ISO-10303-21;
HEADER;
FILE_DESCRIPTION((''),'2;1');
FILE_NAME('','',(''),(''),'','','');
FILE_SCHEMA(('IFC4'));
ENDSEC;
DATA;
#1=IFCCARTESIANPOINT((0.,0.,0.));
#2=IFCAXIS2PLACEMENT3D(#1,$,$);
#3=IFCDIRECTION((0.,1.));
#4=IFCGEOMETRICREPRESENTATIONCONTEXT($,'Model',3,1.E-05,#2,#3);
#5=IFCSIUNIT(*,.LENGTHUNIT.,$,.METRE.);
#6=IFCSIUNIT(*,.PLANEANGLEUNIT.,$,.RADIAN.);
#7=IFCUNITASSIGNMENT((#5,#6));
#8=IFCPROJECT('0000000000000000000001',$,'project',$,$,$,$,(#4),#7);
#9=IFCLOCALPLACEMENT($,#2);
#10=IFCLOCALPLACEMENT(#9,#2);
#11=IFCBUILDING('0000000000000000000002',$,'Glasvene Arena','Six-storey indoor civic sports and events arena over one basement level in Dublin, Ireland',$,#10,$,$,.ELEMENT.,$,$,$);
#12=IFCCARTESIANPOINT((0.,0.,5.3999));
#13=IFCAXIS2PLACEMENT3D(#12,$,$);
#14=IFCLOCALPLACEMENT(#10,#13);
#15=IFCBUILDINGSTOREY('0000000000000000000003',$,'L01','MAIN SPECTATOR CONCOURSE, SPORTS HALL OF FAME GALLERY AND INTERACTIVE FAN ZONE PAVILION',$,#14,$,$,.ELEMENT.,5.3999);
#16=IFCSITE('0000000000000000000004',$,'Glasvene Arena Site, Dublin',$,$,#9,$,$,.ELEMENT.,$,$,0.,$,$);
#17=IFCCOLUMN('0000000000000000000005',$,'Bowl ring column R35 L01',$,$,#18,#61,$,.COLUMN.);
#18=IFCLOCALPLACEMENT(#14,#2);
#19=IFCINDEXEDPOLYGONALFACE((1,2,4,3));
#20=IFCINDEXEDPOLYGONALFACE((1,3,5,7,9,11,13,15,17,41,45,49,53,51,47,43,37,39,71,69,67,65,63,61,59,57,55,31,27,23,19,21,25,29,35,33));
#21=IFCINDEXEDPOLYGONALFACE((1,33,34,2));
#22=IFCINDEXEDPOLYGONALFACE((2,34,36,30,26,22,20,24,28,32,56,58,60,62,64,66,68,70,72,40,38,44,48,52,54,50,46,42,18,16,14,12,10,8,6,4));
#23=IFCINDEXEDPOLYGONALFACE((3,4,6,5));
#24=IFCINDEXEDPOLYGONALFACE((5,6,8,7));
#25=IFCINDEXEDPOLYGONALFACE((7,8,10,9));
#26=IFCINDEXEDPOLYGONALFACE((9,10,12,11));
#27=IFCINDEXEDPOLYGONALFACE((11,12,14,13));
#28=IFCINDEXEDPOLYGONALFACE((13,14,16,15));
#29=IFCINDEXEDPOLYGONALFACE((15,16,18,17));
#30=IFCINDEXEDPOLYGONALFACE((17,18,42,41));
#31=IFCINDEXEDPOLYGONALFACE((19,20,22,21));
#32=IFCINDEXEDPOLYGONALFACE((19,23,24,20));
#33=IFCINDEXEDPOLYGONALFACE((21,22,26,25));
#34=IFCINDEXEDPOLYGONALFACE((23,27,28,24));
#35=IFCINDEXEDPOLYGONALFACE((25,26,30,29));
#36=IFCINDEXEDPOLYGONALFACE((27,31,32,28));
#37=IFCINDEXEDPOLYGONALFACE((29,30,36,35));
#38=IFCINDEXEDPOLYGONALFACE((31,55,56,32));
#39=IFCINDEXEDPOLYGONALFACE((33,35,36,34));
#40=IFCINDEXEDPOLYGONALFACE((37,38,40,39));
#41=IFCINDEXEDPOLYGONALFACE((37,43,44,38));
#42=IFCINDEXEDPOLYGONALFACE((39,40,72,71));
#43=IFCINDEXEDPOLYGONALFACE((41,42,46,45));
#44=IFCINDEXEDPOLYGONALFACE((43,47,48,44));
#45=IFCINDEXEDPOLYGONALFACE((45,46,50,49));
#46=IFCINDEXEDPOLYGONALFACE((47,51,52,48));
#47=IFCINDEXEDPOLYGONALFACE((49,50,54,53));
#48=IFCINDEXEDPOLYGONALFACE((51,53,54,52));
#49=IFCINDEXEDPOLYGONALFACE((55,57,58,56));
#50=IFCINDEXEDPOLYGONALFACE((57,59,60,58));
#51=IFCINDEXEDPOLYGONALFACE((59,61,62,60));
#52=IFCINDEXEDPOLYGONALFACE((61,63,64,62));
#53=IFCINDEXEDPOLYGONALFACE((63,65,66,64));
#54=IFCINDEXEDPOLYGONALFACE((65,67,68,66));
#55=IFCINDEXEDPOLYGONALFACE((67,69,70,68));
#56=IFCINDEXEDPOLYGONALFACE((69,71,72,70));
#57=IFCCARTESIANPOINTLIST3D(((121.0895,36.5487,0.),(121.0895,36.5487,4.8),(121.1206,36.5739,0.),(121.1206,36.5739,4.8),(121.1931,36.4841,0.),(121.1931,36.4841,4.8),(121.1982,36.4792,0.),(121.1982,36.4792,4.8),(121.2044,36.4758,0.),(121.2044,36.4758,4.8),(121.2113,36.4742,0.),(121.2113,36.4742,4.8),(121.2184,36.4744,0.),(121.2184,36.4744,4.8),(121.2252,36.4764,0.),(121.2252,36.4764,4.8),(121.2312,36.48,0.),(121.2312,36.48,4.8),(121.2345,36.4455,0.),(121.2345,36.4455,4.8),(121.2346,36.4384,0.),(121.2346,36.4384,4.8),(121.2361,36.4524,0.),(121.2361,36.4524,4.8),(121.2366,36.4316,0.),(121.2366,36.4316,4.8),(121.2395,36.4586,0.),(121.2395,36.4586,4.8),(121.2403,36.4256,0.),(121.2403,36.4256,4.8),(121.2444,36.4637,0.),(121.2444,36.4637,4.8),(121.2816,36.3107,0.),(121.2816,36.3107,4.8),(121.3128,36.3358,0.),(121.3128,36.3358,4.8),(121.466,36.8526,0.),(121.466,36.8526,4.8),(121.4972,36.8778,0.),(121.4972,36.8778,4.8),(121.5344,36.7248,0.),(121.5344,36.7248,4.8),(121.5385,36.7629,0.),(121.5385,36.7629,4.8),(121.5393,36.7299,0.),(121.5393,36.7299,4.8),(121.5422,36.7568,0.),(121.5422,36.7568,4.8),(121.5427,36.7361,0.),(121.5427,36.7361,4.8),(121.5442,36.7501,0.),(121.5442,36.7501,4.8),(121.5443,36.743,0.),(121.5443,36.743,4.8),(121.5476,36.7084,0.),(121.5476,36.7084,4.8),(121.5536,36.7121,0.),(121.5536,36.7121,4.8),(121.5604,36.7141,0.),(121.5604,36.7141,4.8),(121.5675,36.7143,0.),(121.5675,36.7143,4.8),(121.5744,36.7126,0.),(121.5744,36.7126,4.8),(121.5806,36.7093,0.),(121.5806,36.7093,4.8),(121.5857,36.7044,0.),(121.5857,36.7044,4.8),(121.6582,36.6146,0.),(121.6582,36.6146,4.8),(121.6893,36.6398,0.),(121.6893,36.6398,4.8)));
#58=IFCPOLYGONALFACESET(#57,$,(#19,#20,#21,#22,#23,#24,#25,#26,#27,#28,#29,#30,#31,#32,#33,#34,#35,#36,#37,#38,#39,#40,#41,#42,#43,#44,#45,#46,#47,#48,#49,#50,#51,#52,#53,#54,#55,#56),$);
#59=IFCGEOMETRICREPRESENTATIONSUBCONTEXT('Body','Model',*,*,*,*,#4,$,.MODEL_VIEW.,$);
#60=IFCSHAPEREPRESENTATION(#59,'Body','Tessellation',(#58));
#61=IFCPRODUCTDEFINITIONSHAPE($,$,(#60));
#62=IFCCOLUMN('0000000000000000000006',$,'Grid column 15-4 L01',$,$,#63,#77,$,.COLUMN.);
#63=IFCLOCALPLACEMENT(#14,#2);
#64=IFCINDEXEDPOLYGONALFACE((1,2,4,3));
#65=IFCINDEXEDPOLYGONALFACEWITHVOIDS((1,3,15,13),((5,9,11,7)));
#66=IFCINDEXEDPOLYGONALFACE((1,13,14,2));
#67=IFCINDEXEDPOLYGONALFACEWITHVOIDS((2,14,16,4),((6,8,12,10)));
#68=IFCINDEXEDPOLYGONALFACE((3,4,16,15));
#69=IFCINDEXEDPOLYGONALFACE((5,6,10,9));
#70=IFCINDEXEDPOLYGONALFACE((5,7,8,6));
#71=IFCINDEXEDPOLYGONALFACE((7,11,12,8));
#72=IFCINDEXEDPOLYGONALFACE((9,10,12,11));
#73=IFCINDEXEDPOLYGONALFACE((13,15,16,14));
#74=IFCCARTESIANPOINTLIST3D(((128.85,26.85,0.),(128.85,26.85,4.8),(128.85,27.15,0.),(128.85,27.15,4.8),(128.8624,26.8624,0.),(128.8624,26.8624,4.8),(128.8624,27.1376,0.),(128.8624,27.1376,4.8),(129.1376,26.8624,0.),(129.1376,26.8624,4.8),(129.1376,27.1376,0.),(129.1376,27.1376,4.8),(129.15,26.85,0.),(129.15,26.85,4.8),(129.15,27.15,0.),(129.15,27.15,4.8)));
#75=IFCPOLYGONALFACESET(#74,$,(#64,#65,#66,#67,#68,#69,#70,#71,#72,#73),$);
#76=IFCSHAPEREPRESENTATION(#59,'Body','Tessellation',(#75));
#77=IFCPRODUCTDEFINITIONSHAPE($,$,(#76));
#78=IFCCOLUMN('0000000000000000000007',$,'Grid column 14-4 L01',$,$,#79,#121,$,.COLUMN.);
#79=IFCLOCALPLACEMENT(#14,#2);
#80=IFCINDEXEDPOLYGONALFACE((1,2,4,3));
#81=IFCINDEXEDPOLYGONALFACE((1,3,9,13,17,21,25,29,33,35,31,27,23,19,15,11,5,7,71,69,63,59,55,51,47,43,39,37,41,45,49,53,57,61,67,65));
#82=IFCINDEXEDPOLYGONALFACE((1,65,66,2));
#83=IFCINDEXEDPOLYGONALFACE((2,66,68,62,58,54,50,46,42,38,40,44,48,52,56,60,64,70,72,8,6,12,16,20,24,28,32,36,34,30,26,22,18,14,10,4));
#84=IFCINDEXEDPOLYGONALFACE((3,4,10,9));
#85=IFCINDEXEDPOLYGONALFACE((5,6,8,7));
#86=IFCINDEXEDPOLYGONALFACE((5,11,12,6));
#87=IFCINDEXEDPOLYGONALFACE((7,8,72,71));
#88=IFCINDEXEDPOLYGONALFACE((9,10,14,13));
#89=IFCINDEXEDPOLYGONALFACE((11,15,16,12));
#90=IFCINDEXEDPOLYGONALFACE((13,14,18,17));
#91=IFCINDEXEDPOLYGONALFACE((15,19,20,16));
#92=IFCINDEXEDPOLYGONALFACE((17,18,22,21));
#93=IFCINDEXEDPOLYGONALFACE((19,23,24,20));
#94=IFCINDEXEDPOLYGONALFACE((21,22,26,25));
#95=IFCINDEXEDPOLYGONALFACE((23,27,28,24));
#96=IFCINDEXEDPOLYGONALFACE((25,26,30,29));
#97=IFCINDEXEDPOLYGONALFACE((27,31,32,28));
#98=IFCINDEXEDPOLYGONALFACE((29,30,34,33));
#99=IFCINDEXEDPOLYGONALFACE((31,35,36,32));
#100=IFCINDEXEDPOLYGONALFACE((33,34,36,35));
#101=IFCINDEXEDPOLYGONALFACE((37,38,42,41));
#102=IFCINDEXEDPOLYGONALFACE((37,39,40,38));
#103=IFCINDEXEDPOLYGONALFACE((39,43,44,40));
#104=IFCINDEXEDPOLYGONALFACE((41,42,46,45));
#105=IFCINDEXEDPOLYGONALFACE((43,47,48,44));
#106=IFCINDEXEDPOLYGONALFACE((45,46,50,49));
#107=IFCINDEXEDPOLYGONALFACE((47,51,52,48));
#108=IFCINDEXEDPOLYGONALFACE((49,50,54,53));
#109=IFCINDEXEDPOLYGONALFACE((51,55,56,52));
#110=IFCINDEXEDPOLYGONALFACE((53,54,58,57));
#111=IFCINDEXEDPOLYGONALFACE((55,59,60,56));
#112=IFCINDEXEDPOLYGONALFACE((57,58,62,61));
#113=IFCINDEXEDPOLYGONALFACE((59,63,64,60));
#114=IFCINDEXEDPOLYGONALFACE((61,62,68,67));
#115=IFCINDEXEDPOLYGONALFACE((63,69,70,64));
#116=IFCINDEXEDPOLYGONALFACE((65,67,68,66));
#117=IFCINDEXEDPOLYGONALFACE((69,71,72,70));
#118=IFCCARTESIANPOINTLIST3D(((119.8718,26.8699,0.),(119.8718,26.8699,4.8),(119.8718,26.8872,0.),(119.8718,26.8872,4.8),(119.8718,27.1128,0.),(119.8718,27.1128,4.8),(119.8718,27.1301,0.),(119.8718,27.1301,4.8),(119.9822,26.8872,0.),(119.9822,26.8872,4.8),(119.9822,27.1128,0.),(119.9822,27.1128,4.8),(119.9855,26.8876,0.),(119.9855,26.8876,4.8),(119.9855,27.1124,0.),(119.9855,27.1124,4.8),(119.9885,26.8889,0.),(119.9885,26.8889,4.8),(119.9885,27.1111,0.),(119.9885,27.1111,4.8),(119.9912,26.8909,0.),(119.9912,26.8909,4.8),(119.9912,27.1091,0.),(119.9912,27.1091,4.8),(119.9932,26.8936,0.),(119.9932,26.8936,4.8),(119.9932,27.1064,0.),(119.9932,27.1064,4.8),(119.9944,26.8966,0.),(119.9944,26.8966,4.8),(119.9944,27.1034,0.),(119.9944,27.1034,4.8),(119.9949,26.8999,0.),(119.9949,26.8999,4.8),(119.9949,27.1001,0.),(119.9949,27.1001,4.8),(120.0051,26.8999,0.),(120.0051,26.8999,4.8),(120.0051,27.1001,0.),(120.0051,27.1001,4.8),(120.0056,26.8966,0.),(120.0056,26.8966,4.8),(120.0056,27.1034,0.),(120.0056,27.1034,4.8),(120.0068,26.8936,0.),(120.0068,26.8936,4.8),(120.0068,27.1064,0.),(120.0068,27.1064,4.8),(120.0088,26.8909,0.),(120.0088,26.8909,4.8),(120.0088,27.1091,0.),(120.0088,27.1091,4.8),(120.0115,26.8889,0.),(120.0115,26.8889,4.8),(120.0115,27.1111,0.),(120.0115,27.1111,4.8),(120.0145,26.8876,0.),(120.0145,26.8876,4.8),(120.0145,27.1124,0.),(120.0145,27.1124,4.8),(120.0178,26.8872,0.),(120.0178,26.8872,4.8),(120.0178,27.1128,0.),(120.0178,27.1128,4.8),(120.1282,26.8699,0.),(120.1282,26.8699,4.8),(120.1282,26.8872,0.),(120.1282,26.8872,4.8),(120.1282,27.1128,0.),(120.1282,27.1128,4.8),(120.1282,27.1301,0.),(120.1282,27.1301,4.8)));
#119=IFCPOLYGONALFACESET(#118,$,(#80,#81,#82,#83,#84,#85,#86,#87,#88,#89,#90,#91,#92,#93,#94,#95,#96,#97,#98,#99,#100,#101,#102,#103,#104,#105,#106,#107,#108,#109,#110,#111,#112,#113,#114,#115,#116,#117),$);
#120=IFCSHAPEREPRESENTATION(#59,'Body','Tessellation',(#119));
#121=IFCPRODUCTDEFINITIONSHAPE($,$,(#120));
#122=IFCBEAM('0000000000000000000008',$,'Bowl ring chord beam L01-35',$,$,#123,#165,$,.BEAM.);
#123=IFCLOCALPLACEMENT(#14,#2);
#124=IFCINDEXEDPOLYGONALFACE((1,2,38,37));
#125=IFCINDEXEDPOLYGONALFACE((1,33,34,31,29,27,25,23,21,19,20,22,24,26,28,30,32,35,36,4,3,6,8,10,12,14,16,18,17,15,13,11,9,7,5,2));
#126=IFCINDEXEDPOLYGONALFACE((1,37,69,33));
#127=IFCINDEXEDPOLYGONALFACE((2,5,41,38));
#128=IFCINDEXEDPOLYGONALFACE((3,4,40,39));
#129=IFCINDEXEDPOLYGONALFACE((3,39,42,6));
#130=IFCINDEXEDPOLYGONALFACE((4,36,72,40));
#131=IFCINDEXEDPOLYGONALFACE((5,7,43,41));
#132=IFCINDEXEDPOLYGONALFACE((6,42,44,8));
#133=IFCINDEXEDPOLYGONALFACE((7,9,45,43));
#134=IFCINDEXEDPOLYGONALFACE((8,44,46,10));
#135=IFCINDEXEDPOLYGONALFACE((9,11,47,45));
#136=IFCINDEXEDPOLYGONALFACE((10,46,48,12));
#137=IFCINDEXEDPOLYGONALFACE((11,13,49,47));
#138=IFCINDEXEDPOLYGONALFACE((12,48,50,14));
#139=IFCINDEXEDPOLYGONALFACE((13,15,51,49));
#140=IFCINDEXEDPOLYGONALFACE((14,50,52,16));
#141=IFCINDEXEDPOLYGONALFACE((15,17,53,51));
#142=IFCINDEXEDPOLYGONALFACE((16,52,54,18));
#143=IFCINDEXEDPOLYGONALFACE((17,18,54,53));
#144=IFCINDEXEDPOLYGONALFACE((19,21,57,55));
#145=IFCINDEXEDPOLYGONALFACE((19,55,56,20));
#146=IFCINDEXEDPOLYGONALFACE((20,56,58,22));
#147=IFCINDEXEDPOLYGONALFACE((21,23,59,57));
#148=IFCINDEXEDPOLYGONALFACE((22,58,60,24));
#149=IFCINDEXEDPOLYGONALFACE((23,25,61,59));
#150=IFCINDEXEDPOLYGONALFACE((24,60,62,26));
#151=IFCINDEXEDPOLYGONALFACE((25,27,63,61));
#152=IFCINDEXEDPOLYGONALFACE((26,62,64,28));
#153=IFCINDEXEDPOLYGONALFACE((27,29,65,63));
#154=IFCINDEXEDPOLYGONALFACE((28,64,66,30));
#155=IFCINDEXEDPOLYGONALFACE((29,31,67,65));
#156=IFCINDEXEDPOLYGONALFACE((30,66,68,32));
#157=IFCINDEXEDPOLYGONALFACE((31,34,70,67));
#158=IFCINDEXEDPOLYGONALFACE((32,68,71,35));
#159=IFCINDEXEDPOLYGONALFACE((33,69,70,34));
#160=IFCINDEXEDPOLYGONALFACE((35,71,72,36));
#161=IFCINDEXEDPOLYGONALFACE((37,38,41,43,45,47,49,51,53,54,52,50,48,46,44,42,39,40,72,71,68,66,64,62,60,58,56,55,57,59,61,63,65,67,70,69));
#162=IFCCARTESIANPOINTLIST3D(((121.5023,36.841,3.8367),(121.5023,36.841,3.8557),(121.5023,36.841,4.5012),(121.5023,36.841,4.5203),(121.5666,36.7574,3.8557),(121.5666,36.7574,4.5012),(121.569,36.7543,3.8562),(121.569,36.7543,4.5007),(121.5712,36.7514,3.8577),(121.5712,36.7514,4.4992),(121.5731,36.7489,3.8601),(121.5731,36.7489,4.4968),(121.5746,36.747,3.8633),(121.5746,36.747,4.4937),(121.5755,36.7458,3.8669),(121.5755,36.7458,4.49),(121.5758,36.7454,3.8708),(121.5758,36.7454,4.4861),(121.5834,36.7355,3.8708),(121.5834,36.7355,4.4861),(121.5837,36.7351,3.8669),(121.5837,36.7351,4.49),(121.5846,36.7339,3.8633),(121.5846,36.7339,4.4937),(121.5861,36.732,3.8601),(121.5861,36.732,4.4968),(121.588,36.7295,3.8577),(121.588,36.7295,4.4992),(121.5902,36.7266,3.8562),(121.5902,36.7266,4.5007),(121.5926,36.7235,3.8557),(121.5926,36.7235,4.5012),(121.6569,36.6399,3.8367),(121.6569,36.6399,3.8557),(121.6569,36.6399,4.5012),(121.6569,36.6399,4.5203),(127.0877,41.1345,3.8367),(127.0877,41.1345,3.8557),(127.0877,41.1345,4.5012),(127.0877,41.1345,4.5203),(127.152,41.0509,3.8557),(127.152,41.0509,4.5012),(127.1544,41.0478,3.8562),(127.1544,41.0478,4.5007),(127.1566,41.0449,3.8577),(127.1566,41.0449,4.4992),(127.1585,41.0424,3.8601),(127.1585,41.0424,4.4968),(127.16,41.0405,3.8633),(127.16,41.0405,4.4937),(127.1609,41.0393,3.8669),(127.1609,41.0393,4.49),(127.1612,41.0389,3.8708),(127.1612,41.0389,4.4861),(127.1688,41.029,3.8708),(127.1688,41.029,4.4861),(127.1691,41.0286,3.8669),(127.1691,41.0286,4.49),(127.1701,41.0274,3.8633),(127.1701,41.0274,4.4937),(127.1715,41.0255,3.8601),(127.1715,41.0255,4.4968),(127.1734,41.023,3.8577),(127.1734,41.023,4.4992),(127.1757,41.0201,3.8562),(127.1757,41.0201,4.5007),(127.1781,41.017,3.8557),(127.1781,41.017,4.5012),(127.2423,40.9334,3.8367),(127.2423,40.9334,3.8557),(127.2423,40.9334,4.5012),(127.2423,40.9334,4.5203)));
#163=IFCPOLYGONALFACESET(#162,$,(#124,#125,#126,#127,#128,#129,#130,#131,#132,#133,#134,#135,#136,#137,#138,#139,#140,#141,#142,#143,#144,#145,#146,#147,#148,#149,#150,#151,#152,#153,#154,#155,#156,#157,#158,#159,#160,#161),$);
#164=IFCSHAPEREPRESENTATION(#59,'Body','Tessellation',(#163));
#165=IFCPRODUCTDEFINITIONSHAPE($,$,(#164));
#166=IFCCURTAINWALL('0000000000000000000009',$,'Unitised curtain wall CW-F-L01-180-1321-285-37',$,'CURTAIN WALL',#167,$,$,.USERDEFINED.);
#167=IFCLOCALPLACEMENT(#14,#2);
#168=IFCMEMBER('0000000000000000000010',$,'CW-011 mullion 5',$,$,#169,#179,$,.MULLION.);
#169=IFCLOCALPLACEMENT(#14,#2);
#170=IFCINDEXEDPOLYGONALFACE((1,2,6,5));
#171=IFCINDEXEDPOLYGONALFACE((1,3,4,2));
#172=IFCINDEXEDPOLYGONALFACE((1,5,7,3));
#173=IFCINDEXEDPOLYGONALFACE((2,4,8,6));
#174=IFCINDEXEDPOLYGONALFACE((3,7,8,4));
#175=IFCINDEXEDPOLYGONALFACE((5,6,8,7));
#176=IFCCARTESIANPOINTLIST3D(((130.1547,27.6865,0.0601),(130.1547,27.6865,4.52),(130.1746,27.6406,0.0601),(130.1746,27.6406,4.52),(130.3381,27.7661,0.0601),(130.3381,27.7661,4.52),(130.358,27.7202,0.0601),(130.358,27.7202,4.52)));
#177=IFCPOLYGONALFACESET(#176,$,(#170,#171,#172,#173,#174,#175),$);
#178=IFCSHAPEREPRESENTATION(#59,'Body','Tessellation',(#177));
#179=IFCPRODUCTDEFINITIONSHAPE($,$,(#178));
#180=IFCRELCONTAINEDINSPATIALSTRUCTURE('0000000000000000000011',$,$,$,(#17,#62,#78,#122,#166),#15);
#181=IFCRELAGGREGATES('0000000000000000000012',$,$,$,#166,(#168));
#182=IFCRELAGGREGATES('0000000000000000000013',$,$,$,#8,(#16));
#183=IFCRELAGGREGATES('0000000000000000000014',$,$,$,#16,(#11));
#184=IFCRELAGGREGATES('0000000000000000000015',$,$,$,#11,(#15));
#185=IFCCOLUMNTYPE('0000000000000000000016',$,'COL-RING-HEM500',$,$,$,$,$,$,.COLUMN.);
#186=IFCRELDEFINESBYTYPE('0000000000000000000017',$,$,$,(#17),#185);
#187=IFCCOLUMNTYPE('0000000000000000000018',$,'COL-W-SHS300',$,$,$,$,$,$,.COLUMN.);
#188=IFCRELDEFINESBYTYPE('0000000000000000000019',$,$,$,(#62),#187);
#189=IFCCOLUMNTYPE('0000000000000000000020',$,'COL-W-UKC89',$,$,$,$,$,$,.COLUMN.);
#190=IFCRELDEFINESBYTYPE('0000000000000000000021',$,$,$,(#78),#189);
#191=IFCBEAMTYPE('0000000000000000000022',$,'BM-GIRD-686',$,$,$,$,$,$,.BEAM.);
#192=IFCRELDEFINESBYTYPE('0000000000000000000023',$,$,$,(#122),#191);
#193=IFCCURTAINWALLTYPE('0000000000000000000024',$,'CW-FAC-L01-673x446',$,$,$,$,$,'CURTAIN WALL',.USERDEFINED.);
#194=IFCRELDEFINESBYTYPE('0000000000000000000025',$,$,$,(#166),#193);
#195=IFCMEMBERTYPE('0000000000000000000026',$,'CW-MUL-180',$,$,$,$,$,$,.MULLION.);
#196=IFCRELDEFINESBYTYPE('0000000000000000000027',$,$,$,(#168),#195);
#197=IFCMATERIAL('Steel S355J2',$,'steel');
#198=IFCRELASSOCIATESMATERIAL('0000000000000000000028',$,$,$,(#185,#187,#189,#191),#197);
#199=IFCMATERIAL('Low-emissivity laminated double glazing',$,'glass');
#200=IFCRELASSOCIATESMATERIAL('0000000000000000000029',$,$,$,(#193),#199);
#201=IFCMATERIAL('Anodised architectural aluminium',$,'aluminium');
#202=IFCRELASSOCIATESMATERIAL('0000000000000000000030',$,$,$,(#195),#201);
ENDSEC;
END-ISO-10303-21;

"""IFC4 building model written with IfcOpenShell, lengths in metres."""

from ifc_helpers import new_model, si_unit, direction, frame, origin, origin_2d, place, context, subcontext, project, spatial, rectangle, hollow_rectangle, i_section, extrude, material, material_profile, profile_set, type_object, element, aggregate, save


model = new_model("IFC4")

# Units and contexts
model_context = context("Model", 3, precision=1e-05, world=origin(), true_north=direction((0.0, 1.0)))
body_context = subcontext(model_context, "Body", "Model", "MODEL_VIEW")
ifc_project = project(units=[si_unit("LENGTHUNIT", "METRE"), si_unit("PLANEANGLEUNIT", "RADIAN")], contexts=[model_context])

# Site, building, storey
site_placement = place(None, origin())
site = spatial("IfcSite", under=ifc_project, at=site_placement, Name="Glasvene Arena Site, Dublin", CompositionType="ELEMENT", RefElevation=0.0)
building_placement = place(site_placement, origin())
building = spatial("IfcBuilding", under=site, at=building_placement, Name="Glasvene Arena", Description="Six-storey indoor civic sports and events arena over one basement level in Dublin, Ireland", CompositionType="ELEMENT")
storey_placement = place(building_placement, frame((0.0, 0.0, 5.3999)))
storey = spatial("IfcBuildingStorey", under=building, at=storey_placement, Name="L01", Description="MAIN SPECTATOR CONCOURSE, SPORTS HALL OF FAME GALLERY AND INTERACTIVE FAN ZONE PAVILION", CompositionType="ELEMENT", Elevation=5.3999)

# Columns
ifc_material_1 = material(Name="Steel S355J2", Category="steel")
ifc_material_profile_1 = material_profile(ifc_material_1, i_section(OverallWidth=0.3059, OverallDepth=0.5239, WebThickness=0.021, FlangeThickness=0.04, FilletRadius=0.0271, at=origin_2d()), Name="HEM 500")
ifc_profile_set_1 = profile_set([ifc_material_profile_1], Name="Steel S355J2")
column_type_1 = type_object("IfcColumnType", Name="COL-RING-HEM500", PredefinedType="COLUMN", material=ifc_profile_set_1)
column_1_placement = place(storey_placement, frame((121.3894, 36.5942, 0.0), z_axis=(0.0, 0.0, 1.0), x_axis=(0.628099, -0.778134, 0.0)))
element("IfcColumn", 1, at=column_1_placement, inside=storey, type_object=column_type_1, Name="Bowl ring column R35 L01", PredefinedType="COLUMN", context=body_context, shape_type="SweptSolid", body=[
    extrude(i_section(OverallWidth=0.3059, OverallDepth=0.5239, WebThickness=0.021, FlangeThickness=0.04, FilletRadius=0.0271, at=origin_2d()), origin(), (0.0, 0.0, 1.0), 4.8),
])
ifc_material_profile_2 = material_profile(ifc_material_1, hollow_rectangle(XDim=0.3, YDim=0.3, WallThickness=0.0125, at=origin_2d()), Name="SHS 300x300x12.5")
ifc_profile_set_2 = profile_set([ifc_material_profile_2], Name="Steel S355J2")
column_type_2 = type_object("IfcColumnType", Name="COL-W-SHS300", PredefinedType="COLUMN", material=ifc_profile_set_2)
column_2_placement = place(storey_placement, frame((129.0, 27.0, 0.0), z_axis=(0.0, 0.0, 1.0), x_axis=(1.0, 0.0, 0.0)))
element("IfcColumn", 2, at=column_2_placement, inside=storey, type_object=column_type_2, Name="Grid column 15-4 L01", PredefinedType="COLUMN", context=body_context, shape_type="SweptSolid", body=[
    extrude(hollow_rectangle(XDim=0.3, YDim=0.3, WallThickness=0.0125, at=origin_2d()), origin(), (0.0, 0.0, 1.0), 4.8),
])
ifc_material_profile_3 = material_profile(ifc_material_1, i_section(OverallWidth=0.2563, OverallDepth=0.2603, WebThickness=0.0103, FlangeThickness=0.0173, FilletRadius=0.0127, at=origin_2d()), Name="UKC 254x254x89")
ifc_profile_set_3 = profile_set([ifc_material_profile_3], Name="Steel S355J2")
column_type_3 = type_object("IfcColumnType", Name="COL-W-UKC89", PredefinedType="COLUMN", material=ifc_profile_set_3)
column_3_placement = place(storey_placement, frame((120.0, 27.0, 0.0), z_axis=(0.0, 0.0, 1.0), x_axis=(1.0, 0.0, 0.0)))
element("IfcColumn", 3, at=column_3_placement, inside=storey, type_object=column_type_3, Name="Grid column 14-4 L01", PredefinedType="COLUMN", context=body_context, shape_type="SweptSolid", body=[
    extrude(i_section(OverallWidth=0.2563, OverallDepth=0.2603, WebThickness=0.0103, FlangeThickness=0.0173, FilletRadius=0.0127, at=origin_2d()), origin(), (0.0, 0.0, 1.0), 4.8),
])

# Beam
ifc_material_profile_4 = material_profile(ifc_material_1, i_section(OverallWidth=0.2537, OverallDepth=0.6836, WebThickness=0.0125, FlangeThickness=0.019, FilletRadius=0.0151, at=origin_2d()), Name="UKB 686x254x140")
ifc_profile_set_4 = profile_set([ifc_material_profile_4], Name="Steel S355J2")
beam_type = type_object("IfcBeamType", Name="BM-GIRD-686", PredefinedType="BEAM", material=ifc_profile_set_4)
beam_placement = place(storey_placement, frame((121.5796, 36.7405, 4.1785), z_axis=(0.792833, 0.609439, 0.0), x_axis=(-0.609439, 0.792833, 0.0)))
element("IfcBeam", 4, at=beam_placement, inside=storey, type_object=beam_type, Name="Bowl ring chord beam L01-35", PredefinedType="BEAM", context=body_context, shape_type="SweptSolid", body=[
    extrude(i_section(OverallWidth=0.2537, OverallDepth=0.6836, WebThickness=0.0125, FlangeThickness=0.019, FilletRadius=0.0151, at=origin_2d()), origin(), (0.0, 0.0, 1.0), 7.0449),
])

# Curtain wall, member
ifc_material_2 = material(Name="Low-emissivity laminated double glazing", Category="glass")
curtain_wall_type = type_object("IfcCurtainWallType", Name="CW-FAC-L01-673x446", ElementType="CURTAIN WALL", PredefinedType="USERDEFINED", material=ifc_material_2)
curtain_wall_placement = place(storey_placement, frame((135.1958, 29.8457, 0.0)))
curtain_wall = element("IfcCurtainWall", 5, at=curtain_wall_placement, inside=storey, type_object=curtain_wall_type, Name="Unitised curtain wall CW-F-L01-180-1321-285-37", ObjectType="CURTAIN WALL", PredefinedType="USERDEFINED")
ifc_material_3 = material(Name="Anodised architectural aluminium", Category="aluminium")
ifc_material_profile_5 = material_profile(ifc_material_3, rectangle(XDim=0.05, YDim=0.2, at=origin_2d()), Name="ALU MULLION 50x200")
ifc_profile_set_5 = profile_set([ifc_material_profile_5], Name="Anodised architectural aluminium")
member_type_1 = type_object("IfcMemberType", Name="CW-MUL-180", PredefinedType="MULLION", material=ifc_profile_set_5)
member_1_placement = place(storey_placement, frame((130.2563, 27.7034, 0.0601), z_axis=(0.0, 0.0, 1.0), x_axis=(0.39789, -0.917433, 0.0)))
member_1 = element("IfcMember", 6, at=member_1_placement, type_object=member_type_1, Name="CW-011 mullion 5", PredefinedType="MULLION", context=body_context, shape_type="SweptSolid", body=[
    extrude(rectangle(XDim=0.05, YDim=0.2, at=origin_2d()), origin(), (0.0, 0.0, 1.0), 4.46),
])
aggregate(curtain_wall, [member_1])

save(model, "model.ifc")
